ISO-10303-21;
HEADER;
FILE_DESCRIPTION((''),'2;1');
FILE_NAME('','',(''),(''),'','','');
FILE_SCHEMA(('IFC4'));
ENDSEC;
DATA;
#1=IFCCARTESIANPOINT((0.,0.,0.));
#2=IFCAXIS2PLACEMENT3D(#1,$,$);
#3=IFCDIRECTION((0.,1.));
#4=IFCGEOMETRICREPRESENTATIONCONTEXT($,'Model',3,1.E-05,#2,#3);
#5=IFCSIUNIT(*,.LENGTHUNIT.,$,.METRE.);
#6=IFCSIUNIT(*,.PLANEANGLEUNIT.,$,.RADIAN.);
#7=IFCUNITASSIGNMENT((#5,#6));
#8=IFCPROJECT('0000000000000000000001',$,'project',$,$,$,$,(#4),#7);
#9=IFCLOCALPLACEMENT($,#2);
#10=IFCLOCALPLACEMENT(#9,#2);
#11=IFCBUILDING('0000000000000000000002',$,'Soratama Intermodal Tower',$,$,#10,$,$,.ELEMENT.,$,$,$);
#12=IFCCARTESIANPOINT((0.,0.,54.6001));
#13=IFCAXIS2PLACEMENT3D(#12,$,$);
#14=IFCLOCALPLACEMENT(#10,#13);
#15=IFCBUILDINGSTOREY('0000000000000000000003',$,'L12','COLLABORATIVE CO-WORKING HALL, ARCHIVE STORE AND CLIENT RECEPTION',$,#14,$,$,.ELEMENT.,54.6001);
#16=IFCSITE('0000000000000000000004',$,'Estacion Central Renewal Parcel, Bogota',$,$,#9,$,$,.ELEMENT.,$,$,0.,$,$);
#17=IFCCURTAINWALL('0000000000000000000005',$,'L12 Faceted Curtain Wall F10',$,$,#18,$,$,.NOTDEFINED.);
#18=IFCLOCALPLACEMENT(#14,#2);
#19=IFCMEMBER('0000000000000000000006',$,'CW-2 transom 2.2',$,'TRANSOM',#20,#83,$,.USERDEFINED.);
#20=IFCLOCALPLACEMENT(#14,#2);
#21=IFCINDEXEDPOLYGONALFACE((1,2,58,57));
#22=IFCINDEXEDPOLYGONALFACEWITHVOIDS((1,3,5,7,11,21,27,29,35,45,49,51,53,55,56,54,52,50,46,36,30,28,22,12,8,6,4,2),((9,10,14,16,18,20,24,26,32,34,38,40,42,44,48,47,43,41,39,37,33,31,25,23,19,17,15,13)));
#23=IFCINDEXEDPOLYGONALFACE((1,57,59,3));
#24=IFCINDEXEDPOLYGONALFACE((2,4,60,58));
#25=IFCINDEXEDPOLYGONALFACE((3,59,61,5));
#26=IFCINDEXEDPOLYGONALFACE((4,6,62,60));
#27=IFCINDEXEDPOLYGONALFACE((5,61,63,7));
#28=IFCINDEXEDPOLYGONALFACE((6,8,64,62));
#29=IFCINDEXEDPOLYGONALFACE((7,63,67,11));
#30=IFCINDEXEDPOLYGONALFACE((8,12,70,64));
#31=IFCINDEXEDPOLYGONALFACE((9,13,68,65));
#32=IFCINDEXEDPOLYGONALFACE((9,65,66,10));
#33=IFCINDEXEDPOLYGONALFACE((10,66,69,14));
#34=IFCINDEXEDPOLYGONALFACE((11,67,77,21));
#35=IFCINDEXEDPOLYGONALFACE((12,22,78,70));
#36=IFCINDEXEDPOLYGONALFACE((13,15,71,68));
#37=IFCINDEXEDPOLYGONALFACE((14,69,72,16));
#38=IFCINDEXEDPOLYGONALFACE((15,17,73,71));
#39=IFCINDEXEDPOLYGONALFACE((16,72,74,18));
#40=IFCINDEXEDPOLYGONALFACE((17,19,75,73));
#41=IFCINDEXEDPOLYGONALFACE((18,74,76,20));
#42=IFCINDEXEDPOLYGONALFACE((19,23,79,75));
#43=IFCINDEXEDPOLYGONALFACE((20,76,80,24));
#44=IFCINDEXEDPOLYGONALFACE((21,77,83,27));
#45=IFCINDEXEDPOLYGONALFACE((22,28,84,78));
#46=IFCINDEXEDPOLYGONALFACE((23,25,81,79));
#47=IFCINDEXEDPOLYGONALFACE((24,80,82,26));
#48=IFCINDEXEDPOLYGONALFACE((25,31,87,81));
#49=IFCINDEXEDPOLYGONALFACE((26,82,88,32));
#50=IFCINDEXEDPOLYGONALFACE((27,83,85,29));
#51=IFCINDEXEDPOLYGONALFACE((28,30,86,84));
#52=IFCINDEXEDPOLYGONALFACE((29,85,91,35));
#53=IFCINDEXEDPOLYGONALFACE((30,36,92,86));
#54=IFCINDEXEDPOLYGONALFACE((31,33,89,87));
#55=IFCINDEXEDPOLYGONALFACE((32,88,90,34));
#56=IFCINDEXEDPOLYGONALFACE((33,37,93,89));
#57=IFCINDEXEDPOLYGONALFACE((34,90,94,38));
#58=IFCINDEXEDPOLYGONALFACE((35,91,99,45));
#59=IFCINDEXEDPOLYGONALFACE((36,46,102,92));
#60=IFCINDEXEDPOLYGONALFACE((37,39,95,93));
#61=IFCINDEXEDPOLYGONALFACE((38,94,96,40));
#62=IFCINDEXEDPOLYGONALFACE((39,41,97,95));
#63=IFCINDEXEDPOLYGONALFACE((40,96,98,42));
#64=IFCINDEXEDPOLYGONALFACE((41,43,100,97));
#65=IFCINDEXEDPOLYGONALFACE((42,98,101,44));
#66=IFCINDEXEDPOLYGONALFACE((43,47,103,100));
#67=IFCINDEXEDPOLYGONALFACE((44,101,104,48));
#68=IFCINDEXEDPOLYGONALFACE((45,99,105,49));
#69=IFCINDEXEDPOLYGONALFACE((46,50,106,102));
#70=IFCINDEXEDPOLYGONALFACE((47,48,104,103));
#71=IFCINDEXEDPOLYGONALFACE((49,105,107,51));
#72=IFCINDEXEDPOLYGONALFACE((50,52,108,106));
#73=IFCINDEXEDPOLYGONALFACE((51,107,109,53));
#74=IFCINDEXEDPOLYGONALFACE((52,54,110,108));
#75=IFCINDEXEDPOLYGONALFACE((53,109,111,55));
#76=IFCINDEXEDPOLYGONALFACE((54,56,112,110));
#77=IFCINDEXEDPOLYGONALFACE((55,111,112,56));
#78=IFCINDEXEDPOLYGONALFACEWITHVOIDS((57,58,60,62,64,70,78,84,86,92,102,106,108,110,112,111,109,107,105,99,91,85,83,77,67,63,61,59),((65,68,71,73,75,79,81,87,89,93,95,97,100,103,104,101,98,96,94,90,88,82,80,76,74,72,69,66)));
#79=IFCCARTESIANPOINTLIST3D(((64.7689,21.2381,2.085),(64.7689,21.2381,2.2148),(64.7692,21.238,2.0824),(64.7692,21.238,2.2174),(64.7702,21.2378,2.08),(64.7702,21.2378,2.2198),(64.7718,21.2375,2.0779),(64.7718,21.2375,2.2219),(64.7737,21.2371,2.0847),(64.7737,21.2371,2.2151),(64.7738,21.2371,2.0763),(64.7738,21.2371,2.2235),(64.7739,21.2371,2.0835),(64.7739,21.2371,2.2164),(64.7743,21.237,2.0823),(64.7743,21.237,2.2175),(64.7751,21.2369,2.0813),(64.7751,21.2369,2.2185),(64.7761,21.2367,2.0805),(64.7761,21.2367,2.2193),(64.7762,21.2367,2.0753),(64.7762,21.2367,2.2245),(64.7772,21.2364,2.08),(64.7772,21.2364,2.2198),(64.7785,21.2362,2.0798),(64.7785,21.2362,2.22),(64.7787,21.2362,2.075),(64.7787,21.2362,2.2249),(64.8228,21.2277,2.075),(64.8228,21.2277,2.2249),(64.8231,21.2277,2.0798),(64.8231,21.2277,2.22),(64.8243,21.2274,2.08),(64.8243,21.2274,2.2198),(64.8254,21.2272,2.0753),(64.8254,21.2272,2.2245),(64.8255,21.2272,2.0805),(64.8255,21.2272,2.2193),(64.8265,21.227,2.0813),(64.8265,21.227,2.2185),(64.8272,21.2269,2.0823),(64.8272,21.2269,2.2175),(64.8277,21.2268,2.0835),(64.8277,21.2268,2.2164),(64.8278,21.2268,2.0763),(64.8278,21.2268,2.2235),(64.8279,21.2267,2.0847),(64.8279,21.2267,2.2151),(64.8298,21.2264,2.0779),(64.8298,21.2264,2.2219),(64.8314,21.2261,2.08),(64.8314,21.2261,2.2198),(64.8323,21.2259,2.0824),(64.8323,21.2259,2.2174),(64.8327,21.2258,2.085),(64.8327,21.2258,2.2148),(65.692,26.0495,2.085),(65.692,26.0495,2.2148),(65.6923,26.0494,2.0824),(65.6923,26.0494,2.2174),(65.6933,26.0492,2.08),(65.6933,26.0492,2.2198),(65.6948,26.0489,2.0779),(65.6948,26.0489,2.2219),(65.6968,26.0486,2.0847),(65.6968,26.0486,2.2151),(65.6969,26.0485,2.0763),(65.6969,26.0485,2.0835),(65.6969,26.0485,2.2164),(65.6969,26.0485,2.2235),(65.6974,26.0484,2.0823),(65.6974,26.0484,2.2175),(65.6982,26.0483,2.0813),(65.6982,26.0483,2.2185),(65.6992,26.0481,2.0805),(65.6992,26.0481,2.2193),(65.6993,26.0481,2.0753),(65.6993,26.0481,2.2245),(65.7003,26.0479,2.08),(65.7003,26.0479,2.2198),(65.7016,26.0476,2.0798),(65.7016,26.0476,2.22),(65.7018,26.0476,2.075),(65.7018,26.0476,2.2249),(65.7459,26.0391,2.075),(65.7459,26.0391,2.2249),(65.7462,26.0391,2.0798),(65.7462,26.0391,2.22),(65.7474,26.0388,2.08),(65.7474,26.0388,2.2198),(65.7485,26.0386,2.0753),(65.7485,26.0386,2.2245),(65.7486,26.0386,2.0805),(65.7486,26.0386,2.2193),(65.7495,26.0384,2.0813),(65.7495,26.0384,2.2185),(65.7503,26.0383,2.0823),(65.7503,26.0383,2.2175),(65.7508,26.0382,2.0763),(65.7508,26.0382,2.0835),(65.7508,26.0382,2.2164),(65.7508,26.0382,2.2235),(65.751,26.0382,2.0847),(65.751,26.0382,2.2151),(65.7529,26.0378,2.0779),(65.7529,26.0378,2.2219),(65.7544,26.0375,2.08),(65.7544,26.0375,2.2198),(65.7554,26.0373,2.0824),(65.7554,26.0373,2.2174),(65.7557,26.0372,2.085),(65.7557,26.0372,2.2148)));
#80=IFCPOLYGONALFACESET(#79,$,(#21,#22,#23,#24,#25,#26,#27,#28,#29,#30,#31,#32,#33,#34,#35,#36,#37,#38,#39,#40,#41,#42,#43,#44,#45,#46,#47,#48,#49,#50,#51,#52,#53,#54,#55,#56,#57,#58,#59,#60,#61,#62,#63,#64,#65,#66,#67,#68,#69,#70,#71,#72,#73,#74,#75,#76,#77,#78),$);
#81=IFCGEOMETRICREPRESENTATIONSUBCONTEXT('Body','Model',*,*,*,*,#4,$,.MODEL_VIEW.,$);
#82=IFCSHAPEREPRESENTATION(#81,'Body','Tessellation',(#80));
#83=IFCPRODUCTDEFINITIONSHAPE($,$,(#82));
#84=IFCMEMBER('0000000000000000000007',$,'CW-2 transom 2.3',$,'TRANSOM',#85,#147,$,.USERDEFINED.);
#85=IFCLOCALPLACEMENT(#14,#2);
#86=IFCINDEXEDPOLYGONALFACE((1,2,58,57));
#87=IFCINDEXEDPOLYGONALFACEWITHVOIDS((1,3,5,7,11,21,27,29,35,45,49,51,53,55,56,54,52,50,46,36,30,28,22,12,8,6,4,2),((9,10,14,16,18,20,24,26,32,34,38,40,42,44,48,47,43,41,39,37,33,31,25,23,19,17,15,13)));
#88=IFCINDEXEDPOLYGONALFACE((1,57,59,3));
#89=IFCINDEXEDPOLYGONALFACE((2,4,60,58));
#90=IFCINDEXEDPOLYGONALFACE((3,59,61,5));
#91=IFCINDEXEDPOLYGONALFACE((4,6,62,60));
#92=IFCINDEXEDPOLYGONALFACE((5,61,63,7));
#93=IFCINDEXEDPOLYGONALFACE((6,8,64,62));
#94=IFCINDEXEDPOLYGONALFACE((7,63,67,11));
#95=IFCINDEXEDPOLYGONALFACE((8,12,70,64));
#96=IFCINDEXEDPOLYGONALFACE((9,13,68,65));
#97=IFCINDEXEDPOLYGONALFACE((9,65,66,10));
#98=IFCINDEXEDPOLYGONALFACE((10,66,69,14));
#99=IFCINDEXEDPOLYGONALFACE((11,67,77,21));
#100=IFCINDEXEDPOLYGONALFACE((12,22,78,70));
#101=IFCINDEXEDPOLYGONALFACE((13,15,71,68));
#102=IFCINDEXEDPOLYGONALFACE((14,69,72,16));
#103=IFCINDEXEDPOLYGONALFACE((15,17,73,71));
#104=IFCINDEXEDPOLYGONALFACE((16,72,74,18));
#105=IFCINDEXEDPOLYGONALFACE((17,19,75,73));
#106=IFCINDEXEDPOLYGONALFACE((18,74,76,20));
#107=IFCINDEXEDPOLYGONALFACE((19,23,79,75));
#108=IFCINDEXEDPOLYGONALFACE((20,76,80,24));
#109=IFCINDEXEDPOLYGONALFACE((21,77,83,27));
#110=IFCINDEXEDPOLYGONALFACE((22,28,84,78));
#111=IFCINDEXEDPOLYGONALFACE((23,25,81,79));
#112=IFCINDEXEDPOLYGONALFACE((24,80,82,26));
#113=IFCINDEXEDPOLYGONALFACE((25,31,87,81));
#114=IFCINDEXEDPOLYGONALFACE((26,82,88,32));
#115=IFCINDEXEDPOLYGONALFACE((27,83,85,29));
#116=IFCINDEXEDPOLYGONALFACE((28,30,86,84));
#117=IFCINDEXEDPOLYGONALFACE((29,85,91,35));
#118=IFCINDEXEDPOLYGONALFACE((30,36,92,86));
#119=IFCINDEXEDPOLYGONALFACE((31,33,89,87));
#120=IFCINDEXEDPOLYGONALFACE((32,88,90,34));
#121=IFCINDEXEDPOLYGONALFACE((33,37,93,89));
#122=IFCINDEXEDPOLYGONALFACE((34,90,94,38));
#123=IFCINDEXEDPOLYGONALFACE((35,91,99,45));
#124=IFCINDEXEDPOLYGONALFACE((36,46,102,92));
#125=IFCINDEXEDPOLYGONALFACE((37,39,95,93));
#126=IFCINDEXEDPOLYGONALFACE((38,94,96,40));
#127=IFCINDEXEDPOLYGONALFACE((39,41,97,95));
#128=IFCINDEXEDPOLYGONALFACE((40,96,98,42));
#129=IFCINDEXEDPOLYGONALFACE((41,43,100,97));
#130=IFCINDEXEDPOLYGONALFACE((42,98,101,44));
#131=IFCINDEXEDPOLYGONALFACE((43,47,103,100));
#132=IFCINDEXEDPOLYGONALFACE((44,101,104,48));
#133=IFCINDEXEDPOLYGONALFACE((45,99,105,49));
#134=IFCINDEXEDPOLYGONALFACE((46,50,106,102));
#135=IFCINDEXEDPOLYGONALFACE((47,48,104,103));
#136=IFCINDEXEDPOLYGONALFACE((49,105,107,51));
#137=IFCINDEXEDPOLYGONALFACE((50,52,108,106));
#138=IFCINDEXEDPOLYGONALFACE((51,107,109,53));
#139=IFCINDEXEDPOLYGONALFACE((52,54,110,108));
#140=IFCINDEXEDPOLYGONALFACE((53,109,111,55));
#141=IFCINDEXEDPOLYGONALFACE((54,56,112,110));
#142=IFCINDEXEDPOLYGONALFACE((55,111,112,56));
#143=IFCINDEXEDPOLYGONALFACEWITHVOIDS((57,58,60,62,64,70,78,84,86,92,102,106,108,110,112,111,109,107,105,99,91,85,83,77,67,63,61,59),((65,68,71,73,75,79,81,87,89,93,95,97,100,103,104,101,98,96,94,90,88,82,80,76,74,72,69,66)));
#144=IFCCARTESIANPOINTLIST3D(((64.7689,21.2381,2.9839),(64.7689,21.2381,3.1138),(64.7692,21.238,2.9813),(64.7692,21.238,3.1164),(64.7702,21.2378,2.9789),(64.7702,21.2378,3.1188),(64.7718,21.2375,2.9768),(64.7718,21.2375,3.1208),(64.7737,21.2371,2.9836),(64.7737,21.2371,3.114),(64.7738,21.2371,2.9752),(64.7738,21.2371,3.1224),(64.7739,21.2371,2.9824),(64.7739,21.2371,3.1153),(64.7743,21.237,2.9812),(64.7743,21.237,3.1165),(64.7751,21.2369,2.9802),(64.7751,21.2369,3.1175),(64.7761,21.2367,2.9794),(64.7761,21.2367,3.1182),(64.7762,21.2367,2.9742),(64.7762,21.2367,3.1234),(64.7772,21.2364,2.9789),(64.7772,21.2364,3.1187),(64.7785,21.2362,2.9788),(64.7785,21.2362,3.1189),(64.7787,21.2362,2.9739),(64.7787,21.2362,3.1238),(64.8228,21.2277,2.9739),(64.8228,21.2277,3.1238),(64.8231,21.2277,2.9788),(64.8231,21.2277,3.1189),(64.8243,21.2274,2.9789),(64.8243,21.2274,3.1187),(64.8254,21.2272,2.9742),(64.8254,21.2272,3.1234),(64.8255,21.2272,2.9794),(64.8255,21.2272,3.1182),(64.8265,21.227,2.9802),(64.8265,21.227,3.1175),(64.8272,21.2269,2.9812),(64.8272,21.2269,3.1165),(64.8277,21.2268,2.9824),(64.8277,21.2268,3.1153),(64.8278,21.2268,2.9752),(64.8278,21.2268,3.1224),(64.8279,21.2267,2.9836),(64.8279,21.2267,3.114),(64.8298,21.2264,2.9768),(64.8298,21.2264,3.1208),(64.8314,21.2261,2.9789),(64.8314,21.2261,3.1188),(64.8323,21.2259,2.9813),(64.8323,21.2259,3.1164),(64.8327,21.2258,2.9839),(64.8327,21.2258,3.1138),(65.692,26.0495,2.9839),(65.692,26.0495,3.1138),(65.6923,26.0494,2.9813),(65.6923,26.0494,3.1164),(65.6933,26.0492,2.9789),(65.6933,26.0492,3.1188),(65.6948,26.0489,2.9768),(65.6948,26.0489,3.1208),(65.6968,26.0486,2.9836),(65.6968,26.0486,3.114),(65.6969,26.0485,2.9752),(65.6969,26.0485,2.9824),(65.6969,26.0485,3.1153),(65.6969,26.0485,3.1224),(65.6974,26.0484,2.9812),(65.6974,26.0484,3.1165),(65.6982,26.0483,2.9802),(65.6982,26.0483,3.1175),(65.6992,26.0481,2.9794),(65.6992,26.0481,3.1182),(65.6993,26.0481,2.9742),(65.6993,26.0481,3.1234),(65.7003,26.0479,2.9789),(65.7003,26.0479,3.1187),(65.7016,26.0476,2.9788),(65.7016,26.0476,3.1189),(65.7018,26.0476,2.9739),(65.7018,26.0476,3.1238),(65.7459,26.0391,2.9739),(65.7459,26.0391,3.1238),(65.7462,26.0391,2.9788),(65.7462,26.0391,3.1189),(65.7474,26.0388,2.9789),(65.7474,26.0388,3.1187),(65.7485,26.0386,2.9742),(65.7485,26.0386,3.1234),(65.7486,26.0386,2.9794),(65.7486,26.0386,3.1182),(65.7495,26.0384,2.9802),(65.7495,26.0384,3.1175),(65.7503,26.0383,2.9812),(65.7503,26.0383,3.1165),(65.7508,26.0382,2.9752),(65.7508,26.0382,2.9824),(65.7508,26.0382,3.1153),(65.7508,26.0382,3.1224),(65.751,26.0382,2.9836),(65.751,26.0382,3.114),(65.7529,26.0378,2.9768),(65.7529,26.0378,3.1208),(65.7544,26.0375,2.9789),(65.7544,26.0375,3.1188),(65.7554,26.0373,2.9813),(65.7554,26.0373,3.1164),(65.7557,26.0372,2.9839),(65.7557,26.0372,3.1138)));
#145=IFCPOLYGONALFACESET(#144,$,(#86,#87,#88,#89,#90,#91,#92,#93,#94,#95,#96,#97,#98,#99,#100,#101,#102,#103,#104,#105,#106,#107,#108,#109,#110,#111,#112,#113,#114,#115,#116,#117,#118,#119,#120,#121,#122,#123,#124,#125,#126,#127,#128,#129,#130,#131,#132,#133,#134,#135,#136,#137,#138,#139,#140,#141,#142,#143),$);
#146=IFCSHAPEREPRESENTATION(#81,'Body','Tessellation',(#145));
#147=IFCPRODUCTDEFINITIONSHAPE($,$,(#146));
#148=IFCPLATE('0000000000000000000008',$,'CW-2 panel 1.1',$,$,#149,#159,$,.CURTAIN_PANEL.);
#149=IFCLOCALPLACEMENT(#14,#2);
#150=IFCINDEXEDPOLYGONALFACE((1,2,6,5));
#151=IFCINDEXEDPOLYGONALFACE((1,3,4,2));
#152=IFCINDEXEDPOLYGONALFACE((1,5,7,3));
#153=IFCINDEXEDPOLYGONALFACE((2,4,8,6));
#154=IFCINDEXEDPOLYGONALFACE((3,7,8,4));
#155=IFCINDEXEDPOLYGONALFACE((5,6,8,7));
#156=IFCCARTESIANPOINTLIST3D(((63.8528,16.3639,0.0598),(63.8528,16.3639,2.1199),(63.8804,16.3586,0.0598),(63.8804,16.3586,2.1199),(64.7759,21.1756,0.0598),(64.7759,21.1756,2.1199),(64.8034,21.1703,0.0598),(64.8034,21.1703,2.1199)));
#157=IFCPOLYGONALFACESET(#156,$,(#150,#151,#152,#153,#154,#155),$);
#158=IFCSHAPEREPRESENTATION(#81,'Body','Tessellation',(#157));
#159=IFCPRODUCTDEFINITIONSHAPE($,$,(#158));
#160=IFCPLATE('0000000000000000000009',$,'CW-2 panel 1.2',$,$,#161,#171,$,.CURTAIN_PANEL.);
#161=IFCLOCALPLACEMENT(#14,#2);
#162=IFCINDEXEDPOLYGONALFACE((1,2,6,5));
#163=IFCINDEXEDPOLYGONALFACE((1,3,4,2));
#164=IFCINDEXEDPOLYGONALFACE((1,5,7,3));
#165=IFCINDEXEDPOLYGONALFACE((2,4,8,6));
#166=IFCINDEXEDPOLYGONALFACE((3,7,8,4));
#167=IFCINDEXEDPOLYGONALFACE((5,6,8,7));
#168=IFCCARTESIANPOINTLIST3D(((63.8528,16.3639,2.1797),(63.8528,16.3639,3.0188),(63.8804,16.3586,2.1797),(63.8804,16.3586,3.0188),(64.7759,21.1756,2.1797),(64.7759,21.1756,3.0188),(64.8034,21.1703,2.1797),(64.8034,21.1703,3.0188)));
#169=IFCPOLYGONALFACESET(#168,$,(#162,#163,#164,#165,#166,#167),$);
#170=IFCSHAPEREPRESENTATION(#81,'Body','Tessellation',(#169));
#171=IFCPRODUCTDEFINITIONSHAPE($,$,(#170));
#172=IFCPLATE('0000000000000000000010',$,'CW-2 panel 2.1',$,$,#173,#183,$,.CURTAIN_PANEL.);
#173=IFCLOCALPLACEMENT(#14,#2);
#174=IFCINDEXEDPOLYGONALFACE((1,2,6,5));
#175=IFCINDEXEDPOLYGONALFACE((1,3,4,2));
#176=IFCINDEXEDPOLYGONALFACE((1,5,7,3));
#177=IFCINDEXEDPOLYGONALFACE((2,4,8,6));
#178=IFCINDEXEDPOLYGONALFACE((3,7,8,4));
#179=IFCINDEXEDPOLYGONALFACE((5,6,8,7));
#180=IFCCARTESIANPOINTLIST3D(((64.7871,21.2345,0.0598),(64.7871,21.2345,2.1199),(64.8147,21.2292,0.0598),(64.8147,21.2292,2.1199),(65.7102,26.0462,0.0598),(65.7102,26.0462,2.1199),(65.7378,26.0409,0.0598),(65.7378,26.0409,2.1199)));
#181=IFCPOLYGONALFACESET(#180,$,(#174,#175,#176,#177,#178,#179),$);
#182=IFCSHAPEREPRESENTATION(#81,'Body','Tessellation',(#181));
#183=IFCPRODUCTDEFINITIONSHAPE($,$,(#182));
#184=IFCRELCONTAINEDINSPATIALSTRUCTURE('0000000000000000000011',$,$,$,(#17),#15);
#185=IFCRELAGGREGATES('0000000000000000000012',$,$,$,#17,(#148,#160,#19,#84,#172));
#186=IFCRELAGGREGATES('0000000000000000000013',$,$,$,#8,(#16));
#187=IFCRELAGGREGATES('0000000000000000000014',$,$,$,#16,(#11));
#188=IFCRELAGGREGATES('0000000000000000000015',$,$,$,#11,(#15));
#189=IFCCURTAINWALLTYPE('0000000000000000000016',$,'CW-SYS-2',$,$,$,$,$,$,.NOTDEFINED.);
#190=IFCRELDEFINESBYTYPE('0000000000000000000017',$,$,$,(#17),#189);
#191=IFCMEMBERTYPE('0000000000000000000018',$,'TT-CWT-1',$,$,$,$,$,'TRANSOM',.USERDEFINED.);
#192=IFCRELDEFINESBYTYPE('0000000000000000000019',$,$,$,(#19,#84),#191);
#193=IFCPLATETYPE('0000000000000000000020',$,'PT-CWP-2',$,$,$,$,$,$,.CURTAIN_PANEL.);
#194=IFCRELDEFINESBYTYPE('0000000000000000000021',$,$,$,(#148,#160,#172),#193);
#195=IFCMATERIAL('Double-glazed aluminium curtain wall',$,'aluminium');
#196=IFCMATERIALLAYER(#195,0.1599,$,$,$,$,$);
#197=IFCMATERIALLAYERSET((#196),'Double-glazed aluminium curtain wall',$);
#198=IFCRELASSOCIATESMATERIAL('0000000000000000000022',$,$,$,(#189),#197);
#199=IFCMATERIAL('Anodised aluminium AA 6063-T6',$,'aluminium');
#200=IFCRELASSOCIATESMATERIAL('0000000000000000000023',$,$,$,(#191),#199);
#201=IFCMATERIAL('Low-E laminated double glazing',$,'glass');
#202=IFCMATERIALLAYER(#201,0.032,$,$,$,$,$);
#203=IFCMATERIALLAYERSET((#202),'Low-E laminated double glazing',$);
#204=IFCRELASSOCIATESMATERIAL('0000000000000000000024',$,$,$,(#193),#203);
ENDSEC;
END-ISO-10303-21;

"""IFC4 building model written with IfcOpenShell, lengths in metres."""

from ifc_helpers import new_model, si_unit, direction, frame, origin, origin_2d, place, context, subcontext, project, spatial, rectangle, hollow_rectangle, extrude, material, layer, layer_set, material_profile, profile_set, type_object, element, aggregate, save


model = new_model("IFC4")

# Units and contexts
model_context = context("Model", 3, precision=1e-05, world=origin(), true_north=direction((0.0, 1.0)))
body_context = subcontext(model_context, "Body", "Model", "MODEL_VIEW")
ifc_project = project(units=[si_unit("LENGTHUNIT", "METRE"), si_unit("PLANEANGLEUNIT", "RADIAN")], contexts=[model_context])

# Site, building, storey
site_placement = place(None, origin())
site = spatial("IfcSite", under=ifc_project, at=site_placement, Name="Estacion Central Renewal Parcel, Bogota", CompositionType="ELEMENT", RefElevation=0.0)
building_placement = place(site_placement, origin())
building = spatial("IfcBuilding", under=site, at=building_placement, Name="Soratama Intermodal Tower", CompositionType="ELEMENT")
storey_placement = place(building_placement, frame((0.0, 0.0, 54.6001)))
storey = spatial("IfcBuildingStorey", under=building, at=storey_placement, Name="L12", Description="COLLABORATIVE CO-WORKING HALL, ARCHIVE STORE AND CLIENT RECEPTION", CompositionType="ELEMENT", Elevation=54.6001)

# Curtain wall, members, plates
ifc_material_1 = material(Name="Double-glazed aluminium curtain wall", Category="aluminium")
ifc_layer_1 = layer(ifc_material_1, 0.1599)
ifc_layer_set_1 = layer_set([ifc_layer_1], Name="Double-glazed aluminium curtain wall")
curtain_wall_type = type_object("IfcCurtainWallType", Name="CW-SYS-2", PredefinedType="NOTDEFINED", material=ifc_layer_set_1)
curtain_wall_placement = place(storey_placement, origin())
curtain_wall = element("IfcCurtainWall", 1, at=curtain_wall_placement, inside=storey, type_object=curtain_wall_type, Name="L12 Faceted Curtain Wall F10", PredefinedType="NOTDEFINED")
ifc_material_2 = material(Name="Anodised aluminium AA 6063-T6", Category="aluminium")
ifc_material_profile_1 = material_profile(ifc_material_2, hollow_rectangle(XDim=0.0649, YDim=0.1499, WallThickness=0.0049, InnerFilletRadius=0.0049, OuterFilletRadius=0.01, at=origin_2d()), Name="CWT150X65X5")
ifc_profile_set_1 = profile_set([ifc_material_profile_1], Name="Anodised aluminium AA 6063-T6")
member_type_1 = type_object("IfcMemberType", Name="TT-CWT-1", ElementType="TRANSOM", PredefinedType="USERDEFINED", material=ifc_profile_set_1)
member_1_placement = place(storey_placement, frame((64.8008, 21.2319, 2.1499), z_axis=(0.188415, 0.98209, 0.0), x_axis=(-0.98209, 0.188415, 0.0)))
member_1 = element("IfcMember", 2, at=member_1_placement, type_object=member_type_1, Name="CW-2 transom 2.2", ObjectType="TRANSOM", PredefinedType="USERDEFINED", context=body_context, shape_type="SweptSolid", body=[
    extrude(hollow_rectangle(XDim=0.0649, YDim=0.1499, WallThickness=0.0049, InnerFilletRadius=0.0049, OuterFilletRadius=0.01, at=origin_2d()), origin(), (0.0, 0.0, 1.0), 4.8992),
])
member_2_placement = place(storey_placement, frame((64.8008, 21.2319, 3.0488), z_axis=(0.188415, 0.98209, 0.0), x_axis=(-0.98209, 0.188415, 0.0)))
member_2 = element("IfcMember", 3, at=member_2_placement, type_object=member_type_1, Name="CW-2 transom 2.3", ObjectType="TRANSOM", PredefinedType="USERDEFINED", context=body_context, shape_type="SweptSolid", body=[
    extrude(hollow_rectangle(XDim=0.0649, YDim=0.1499, WallThickness=0.0049, InnerFilletRadius=0.0049, OuterFilletRadius=0.01, at=origin_2d()), origin(), (0.0, 0.0, 1.0), 4.8992),
])
ifc_material_3 = material(Name="Low-E laminated double glazing", Category="glass")
ifc_layer_2 = layer(ifc_material_3, 0.032)
ifc_layer_set_2 = layer_set([ifc_layer_2], Name="Low-E laminated double glazing")
plate_type = type_object("IfcPlateType", Name="PT-CWP-2", PredefinedType="CURTAIN_PANEL", material=ifc_layer_set_2)
plate_1_placement = place(storey_placement, frame((64.3281, 18.7671, 0.0598), z_axis=(0.0, 0.0, 1.0), x_axis=(0.188405, 0.982091, 0.0)))
plate_1 = element("IfcPlate", 4, at=plate_1_placement, type_object=plate_type, Name="CW-2 panel 1.1", PredefinedType="CURTAIN_PANEL", context=body_context, shape_type="SweptSolid", body=[
    extrude(rectangle(XDim=4.8994, YDim=0.0281, at=origin_2d()), origin(), (0.0, 0.0, 1.0), 2.0601),
])
plate_2_placement = place(storey_placement, frame((64.3281, 18.7671, 2.1797), z_axis=(0.0, 0.0, 1.0), x_axis=(0.188405, 0.982091, 0.0)))
plate_2 = element("IfcPlate", 5, at=plate_2_placement, type_object=plate_type, Name="CW-2 panel 1.2", PredefinedType="CURTAIN_PANEL", context=body_context, shape_type="SweptSolid", body=[
    extrude(rectangle(XDim=4.8994, YDim=0.0281, at=origin_2d()), origin(), (0.0, 0.0, 1.0), 0.8391),
])
plate_3_placement = place(storey_placement, frame((65.2625, 23.6377, 0.0598), z_axis=(0.0, 0.0, 1.0), x_axis=(0.188405, 0.982091, 0.0)))
plate_3 = element("IfcPlate", 6, at=plate_3_placement, type_object=plate_type, Name="CW-2 panel 2.1", PredefinedType="CURTAIN_PANEL", context=body_context, shape_type="SweptSolid", body=[
    extrude(rectangle(XDim=4.8994, YDim=0.0281, at=origin_2d()), origin(), (0.0, 0.0, 1.0), 2.0601),
])
aggregate(curtain_wall, [plate_1, plate_2, member_1, member_2, plate_3])

save(model, "model.ifc")
